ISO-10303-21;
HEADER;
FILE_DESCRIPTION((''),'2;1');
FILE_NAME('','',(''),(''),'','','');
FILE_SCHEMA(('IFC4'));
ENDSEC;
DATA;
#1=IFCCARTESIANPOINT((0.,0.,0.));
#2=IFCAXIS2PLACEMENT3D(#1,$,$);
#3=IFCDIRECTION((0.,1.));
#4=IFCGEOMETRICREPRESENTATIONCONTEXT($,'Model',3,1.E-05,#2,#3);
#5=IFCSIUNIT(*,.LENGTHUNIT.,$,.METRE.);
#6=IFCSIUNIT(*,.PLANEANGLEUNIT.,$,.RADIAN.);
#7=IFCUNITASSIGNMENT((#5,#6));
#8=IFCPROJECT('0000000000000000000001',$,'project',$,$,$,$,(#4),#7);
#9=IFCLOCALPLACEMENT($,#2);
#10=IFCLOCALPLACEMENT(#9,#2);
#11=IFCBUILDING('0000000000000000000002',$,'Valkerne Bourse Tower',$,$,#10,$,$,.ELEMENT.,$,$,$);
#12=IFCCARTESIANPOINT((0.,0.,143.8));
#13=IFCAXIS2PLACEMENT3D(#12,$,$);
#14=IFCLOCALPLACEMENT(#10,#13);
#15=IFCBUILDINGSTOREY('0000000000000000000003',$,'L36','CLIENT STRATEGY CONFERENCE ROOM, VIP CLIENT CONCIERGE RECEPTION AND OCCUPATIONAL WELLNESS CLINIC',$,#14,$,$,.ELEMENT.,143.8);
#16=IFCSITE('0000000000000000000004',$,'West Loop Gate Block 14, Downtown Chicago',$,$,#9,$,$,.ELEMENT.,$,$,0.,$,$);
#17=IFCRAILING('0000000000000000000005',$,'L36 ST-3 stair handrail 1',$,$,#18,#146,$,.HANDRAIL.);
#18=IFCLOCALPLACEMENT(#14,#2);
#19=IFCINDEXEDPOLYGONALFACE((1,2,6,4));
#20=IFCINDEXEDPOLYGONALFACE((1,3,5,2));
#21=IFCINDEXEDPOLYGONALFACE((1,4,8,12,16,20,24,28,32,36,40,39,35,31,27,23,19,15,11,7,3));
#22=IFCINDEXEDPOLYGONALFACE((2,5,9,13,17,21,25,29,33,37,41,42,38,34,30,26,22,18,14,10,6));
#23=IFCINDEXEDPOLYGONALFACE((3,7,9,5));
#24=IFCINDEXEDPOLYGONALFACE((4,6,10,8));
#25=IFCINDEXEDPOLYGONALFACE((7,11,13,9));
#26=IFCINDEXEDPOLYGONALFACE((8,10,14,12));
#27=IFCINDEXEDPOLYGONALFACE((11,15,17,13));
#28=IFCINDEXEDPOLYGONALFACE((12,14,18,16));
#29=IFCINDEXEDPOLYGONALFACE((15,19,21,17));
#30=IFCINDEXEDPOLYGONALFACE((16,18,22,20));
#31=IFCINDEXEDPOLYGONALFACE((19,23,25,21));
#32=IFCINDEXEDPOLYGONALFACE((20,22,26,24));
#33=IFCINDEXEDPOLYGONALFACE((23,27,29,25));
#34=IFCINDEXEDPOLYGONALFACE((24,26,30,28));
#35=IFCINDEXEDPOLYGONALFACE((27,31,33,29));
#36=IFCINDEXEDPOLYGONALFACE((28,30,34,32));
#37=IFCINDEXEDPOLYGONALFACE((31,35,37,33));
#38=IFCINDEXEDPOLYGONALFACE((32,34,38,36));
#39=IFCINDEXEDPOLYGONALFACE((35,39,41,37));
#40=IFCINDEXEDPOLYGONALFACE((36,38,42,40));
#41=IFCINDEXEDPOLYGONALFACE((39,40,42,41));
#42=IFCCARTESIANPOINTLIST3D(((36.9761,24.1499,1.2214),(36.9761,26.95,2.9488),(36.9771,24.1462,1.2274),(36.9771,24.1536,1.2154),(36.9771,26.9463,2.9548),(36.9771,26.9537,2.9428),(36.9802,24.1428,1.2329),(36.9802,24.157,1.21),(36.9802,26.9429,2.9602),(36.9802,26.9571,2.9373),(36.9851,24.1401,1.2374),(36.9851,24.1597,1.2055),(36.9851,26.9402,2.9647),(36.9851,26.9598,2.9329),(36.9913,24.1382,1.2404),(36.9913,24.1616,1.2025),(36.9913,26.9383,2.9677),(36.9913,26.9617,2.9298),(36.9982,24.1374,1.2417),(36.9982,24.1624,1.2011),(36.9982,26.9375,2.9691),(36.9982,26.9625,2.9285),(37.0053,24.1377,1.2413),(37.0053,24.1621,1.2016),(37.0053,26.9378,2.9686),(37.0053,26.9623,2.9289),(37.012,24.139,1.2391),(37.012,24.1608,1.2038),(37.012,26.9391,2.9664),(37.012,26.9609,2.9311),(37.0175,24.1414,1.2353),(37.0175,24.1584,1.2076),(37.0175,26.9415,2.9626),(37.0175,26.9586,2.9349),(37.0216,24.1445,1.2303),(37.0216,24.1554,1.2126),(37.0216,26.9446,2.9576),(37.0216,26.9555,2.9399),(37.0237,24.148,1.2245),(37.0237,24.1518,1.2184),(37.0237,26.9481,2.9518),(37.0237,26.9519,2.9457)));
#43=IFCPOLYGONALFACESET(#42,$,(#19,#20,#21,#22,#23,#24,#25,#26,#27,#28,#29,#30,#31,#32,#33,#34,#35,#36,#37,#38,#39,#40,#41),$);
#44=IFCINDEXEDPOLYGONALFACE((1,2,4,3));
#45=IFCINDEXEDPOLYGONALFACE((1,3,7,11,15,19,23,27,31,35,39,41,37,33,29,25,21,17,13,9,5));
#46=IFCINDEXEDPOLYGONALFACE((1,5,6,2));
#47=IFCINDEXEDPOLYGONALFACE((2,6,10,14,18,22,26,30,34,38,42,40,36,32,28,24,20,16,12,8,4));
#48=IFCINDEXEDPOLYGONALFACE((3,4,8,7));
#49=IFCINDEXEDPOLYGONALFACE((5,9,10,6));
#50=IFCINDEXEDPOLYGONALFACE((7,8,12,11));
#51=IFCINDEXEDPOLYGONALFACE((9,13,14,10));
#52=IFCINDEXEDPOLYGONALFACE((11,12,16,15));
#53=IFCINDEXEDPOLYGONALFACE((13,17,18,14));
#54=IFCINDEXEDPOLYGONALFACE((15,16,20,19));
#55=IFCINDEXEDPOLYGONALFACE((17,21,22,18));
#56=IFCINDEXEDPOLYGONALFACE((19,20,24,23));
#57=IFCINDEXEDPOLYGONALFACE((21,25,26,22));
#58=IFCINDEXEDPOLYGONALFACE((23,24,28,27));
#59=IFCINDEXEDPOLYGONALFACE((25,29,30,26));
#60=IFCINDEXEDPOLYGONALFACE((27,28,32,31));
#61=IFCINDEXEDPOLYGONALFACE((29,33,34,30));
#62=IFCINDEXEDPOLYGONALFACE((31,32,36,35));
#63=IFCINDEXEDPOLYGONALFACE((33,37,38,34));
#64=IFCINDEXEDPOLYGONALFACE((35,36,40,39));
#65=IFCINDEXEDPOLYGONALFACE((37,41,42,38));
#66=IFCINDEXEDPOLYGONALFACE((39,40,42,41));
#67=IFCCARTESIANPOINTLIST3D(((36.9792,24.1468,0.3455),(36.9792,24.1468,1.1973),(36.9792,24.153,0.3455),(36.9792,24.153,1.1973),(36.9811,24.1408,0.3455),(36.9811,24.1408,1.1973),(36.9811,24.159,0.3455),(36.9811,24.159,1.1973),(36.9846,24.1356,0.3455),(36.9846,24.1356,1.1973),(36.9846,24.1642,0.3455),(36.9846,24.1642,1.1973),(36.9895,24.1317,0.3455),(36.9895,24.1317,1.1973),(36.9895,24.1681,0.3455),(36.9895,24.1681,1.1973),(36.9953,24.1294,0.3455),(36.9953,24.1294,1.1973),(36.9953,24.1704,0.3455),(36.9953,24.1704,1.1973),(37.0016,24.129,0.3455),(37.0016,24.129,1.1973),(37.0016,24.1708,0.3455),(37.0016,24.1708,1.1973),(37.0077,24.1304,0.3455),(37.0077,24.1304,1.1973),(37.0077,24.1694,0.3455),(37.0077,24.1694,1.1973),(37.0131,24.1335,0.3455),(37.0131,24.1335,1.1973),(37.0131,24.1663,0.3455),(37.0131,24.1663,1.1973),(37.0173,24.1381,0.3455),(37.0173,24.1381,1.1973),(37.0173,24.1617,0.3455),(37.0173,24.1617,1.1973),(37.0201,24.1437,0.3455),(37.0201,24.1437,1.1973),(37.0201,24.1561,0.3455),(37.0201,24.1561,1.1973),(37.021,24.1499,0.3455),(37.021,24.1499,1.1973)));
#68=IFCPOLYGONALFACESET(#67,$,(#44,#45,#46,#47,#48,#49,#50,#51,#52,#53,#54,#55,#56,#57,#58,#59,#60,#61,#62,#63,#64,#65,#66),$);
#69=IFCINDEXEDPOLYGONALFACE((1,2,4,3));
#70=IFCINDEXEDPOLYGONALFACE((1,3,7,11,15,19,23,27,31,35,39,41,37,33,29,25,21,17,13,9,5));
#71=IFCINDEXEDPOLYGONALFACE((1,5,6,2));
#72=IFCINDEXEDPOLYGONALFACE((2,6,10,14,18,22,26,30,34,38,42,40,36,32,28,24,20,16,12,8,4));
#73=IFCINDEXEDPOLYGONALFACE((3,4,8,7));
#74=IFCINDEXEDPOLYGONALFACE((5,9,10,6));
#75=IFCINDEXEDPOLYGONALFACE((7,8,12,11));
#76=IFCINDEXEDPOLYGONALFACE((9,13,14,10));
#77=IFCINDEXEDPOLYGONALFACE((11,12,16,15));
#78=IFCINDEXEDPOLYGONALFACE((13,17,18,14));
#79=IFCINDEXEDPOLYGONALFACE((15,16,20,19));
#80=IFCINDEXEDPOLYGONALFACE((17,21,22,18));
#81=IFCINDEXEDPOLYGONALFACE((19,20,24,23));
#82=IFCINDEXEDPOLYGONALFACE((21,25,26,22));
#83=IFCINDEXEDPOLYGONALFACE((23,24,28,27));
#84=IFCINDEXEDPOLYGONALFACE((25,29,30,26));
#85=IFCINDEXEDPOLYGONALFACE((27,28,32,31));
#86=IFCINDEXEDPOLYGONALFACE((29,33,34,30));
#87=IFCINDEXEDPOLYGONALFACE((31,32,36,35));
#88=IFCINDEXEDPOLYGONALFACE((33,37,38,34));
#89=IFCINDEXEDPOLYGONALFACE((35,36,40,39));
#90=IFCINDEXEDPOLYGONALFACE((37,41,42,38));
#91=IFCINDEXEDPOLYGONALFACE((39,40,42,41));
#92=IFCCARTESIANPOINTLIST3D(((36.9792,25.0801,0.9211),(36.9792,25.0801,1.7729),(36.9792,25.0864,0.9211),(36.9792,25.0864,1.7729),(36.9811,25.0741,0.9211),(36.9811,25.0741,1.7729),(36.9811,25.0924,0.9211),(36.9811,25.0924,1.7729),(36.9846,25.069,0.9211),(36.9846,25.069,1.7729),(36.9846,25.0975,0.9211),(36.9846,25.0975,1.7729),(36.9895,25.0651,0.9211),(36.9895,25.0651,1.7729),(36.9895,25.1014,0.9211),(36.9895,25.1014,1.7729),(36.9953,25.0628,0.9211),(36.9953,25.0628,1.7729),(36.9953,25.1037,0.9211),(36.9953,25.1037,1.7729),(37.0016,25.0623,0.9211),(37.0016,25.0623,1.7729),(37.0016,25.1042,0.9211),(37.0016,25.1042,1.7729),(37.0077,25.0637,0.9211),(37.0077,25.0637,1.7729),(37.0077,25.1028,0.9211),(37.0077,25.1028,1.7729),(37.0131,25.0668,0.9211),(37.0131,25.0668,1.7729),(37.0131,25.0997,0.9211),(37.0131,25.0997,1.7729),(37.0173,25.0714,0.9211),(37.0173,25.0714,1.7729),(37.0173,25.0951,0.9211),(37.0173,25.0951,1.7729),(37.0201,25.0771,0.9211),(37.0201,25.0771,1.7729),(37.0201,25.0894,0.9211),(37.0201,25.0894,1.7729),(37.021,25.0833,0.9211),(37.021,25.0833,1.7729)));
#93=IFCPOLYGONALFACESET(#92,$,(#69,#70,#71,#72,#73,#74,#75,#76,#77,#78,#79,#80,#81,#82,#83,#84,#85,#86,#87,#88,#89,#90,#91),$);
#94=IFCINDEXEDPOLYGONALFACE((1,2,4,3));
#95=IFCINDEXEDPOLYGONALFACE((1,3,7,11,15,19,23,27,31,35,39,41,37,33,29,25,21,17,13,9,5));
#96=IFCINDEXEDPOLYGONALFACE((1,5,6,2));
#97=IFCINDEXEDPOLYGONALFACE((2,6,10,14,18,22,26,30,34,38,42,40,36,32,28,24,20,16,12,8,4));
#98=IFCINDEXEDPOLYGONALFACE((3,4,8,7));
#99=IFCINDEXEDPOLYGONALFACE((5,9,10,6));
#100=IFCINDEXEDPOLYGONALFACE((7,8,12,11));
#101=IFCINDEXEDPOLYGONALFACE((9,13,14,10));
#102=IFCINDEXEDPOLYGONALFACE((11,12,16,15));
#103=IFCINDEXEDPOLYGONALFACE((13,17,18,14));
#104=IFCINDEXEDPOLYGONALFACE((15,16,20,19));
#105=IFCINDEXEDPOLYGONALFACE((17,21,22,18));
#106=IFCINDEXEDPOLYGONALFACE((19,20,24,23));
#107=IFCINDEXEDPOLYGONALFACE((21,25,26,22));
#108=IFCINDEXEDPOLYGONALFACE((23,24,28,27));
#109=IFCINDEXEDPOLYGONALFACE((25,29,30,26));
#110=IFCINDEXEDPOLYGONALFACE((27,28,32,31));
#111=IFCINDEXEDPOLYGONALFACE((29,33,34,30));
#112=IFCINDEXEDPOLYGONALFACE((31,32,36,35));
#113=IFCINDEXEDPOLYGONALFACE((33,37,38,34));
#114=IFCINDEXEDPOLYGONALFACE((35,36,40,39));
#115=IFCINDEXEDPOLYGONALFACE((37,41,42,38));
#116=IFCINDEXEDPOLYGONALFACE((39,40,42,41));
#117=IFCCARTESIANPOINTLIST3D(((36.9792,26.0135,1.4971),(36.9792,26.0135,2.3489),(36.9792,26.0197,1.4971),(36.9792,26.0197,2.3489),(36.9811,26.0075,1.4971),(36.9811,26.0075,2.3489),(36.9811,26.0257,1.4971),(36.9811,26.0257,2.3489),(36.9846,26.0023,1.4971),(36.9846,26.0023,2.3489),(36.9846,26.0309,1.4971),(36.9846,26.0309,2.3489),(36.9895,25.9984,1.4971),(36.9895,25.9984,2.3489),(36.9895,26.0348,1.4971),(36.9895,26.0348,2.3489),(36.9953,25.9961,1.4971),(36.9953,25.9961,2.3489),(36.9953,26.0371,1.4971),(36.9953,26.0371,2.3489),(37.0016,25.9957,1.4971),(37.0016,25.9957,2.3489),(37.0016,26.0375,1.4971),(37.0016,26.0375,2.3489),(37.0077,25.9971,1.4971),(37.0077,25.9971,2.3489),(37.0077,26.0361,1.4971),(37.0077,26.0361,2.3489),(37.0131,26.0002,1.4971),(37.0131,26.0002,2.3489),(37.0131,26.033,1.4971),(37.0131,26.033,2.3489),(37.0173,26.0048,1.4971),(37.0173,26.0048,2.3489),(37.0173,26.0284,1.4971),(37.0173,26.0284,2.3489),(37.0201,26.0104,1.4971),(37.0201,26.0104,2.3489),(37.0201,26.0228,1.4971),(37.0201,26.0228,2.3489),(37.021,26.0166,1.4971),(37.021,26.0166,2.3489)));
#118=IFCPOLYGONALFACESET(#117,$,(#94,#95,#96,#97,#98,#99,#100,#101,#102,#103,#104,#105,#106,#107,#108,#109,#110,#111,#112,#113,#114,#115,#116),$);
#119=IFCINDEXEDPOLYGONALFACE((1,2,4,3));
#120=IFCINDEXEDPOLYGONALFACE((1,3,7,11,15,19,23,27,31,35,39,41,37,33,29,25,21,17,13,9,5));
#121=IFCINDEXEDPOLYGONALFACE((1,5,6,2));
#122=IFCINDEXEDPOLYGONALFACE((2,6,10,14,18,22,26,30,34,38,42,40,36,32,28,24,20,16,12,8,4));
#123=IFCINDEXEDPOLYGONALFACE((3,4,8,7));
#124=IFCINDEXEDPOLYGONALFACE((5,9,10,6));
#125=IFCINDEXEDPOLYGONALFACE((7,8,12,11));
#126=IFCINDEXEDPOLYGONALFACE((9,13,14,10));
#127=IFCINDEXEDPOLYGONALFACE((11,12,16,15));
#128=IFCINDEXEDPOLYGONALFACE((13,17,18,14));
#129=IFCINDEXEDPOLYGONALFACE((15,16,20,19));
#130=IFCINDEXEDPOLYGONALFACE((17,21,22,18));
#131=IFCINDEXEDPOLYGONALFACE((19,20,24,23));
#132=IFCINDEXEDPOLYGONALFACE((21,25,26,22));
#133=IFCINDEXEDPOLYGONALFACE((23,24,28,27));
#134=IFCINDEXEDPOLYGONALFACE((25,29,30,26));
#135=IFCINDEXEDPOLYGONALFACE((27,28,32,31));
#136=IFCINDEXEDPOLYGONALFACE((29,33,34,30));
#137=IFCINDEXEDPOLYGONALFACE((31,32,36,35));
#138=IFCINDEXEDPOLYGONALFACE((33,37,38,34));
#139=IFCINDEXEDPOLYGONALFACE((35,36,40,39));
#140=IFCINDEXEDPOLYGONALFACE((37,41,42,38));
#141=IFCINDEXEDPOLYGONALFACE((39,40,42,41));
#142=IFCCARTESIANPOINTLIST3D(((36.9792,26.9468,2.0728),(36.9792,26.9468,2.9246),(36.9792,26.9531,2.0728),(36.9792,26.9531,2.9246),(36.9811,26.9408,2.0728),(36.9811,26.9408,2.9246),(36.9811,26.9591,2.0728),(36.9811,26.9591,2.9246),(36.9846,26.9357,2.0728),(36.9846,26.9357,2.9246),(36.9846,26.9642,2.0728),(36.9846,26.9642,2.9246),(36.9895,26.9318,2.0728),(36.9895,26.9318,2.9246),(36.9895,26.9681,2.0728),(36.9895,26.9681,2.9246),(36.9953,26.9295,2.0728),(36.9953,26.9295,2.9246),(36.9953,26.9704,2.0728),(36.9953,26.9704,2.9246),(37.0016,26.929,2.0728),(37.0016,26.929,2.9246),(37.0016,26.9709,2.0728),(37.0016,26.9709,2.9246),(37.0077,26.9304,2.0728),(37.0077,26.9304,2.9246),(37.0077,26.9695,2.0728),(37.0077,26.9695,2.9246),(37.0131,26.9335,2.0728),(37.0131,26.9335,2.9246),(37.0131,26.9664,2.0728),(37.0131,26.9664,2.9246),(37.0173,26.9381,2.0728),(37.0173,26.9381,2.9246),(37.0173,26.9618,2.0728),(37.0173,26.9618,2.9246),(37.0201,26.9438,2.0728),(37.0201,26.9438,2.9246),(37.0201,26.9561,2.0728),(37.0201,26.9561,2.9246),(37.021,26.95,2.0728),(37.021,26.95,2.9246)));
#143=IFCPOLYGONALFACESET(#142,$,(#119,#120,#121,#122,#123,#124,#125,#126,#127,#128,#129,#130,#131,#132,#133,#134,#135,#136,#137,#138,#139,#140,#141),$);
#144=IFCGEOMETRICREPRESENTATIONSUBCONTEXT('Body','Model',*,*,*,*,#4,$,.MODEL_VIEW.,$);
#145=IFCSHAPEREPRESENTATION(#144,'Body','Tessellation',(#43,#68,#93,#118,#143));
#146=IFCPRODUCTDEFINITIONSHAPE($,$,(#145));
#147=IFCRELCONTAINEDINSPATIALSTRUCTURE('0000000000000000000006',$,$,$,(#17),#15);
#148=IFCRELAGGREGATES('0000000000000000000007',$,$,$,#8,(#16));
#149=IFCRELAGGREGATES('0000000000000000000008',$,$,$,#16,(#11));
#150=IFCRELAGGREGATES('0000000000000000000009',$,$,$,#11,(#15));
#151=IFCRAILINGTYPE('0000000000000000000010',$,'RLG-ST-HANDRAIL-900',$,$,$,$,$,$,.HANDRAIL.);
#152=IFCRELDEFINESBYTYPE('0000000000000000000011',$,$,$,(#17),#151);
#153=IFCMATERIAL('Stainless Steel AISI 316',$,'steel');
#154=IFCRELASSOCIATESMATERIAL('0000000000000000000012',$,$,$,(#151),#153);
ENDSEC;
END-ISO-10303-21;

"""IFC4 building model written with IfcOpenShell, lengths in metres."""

from ifc_helpers import new_model, si_unit, direction, frame, origin, origin_2d, place, context, subcontext, project, spatial, circle, extrude, material, type_object, element, save


model = new_model("IFC4")

# Units and contexts
model_context = context("Model", 3, precision=1e-05, world=origin(), true_north=direction((0.0, 1.0)))
body_context = subcontext(model_context, "Body", "Model", "MODEL_VIEW")
ifc_project = project(units=[si_unit("LENGTHUNIT", "METRE"), si_unit("PLANEANGLEUNIT", "RADIAN")], contexts=[model_context])

# Site, building, storey
site_placement = place(None, origin())
site = spatial("IfcSite", under=ifc_project, at=site_placement, Name="West Loop Gate Block 14, Downtown Chicago", CompositionType="ELEMENT", RefElevation=0.0)
building_placement = place(site_placement, origin())
building = spatial("IfcBuilding", under=site, at=building_placement, Name="Valkerne Bourse Tower", CompositionType="ELEMENT")
storey_placement = place(building_placement, frame((0.0, 0.0, 143.8)))
storey = spatial("IfcBuildingStorey", under=building, at=storey_placement, Name="L36", Description="CLIENT STRATEGY CONFERENCE ROOM, VIP CLIENT CONCIERGE RECEPTION AND OCCUPATIONAL WELLNESS CLINIC", CompositionType="ELEMENT", Elevation=143.8)

# Railing
ifc_material_1 = material(Name="Stainless Steel AISI 316", Category="steel")
railing_type_1 = type_object("IfcRailingType", Name="RLG-ST-HANDRAIL-900", PredefinedType="HANDRAIL", material=ifc_material_1)
railing_1_placement = place(storey_placement, frame((37.0, 24.1499, 0.3455)))
element("IfcRailing", 1, at=railing_1_placement, inside=storey, type_object=railing_type_1, Name="L36 ST-3 stair handrail 1", PredefinedType="HANDRAIL", context=body_context, shape_type="SweptSolid", body=[
    extrude(circle(Radius=0.0239, at=origin_2d()), frame((0.0, 0.0, 0.876), z_axis=(0.0, 0.85109, 0.52502), x_axis=(-1.0, 0.0, 0.0)), (0.0, 0.0, 1.0), 3.29),
    extrude(circle(Radius=0.021, at=origin_2d()), origin(), (0.0, 0.0, 1.0), 0.8518),
    extrude(circle(Radius=0.021, at=origin_2d()), frame((0.0, 0.9333, 0.5757)), (0.0, 0.0, 1.0), 0.8518),
    extrude(circle(Radius=0.021, at=origin_2d()), frame((0.0, 1.8667, 1.1516)), (0.0, 0.0, 1.0), 0.8518),
    extrude(circle(Radius=0.021, at=origin_2d()), frame((0.0, 2.8, 1.7273)), (0.0, 0.0, 1.0), 0.8518),
])

save(model, "model.ifc")
